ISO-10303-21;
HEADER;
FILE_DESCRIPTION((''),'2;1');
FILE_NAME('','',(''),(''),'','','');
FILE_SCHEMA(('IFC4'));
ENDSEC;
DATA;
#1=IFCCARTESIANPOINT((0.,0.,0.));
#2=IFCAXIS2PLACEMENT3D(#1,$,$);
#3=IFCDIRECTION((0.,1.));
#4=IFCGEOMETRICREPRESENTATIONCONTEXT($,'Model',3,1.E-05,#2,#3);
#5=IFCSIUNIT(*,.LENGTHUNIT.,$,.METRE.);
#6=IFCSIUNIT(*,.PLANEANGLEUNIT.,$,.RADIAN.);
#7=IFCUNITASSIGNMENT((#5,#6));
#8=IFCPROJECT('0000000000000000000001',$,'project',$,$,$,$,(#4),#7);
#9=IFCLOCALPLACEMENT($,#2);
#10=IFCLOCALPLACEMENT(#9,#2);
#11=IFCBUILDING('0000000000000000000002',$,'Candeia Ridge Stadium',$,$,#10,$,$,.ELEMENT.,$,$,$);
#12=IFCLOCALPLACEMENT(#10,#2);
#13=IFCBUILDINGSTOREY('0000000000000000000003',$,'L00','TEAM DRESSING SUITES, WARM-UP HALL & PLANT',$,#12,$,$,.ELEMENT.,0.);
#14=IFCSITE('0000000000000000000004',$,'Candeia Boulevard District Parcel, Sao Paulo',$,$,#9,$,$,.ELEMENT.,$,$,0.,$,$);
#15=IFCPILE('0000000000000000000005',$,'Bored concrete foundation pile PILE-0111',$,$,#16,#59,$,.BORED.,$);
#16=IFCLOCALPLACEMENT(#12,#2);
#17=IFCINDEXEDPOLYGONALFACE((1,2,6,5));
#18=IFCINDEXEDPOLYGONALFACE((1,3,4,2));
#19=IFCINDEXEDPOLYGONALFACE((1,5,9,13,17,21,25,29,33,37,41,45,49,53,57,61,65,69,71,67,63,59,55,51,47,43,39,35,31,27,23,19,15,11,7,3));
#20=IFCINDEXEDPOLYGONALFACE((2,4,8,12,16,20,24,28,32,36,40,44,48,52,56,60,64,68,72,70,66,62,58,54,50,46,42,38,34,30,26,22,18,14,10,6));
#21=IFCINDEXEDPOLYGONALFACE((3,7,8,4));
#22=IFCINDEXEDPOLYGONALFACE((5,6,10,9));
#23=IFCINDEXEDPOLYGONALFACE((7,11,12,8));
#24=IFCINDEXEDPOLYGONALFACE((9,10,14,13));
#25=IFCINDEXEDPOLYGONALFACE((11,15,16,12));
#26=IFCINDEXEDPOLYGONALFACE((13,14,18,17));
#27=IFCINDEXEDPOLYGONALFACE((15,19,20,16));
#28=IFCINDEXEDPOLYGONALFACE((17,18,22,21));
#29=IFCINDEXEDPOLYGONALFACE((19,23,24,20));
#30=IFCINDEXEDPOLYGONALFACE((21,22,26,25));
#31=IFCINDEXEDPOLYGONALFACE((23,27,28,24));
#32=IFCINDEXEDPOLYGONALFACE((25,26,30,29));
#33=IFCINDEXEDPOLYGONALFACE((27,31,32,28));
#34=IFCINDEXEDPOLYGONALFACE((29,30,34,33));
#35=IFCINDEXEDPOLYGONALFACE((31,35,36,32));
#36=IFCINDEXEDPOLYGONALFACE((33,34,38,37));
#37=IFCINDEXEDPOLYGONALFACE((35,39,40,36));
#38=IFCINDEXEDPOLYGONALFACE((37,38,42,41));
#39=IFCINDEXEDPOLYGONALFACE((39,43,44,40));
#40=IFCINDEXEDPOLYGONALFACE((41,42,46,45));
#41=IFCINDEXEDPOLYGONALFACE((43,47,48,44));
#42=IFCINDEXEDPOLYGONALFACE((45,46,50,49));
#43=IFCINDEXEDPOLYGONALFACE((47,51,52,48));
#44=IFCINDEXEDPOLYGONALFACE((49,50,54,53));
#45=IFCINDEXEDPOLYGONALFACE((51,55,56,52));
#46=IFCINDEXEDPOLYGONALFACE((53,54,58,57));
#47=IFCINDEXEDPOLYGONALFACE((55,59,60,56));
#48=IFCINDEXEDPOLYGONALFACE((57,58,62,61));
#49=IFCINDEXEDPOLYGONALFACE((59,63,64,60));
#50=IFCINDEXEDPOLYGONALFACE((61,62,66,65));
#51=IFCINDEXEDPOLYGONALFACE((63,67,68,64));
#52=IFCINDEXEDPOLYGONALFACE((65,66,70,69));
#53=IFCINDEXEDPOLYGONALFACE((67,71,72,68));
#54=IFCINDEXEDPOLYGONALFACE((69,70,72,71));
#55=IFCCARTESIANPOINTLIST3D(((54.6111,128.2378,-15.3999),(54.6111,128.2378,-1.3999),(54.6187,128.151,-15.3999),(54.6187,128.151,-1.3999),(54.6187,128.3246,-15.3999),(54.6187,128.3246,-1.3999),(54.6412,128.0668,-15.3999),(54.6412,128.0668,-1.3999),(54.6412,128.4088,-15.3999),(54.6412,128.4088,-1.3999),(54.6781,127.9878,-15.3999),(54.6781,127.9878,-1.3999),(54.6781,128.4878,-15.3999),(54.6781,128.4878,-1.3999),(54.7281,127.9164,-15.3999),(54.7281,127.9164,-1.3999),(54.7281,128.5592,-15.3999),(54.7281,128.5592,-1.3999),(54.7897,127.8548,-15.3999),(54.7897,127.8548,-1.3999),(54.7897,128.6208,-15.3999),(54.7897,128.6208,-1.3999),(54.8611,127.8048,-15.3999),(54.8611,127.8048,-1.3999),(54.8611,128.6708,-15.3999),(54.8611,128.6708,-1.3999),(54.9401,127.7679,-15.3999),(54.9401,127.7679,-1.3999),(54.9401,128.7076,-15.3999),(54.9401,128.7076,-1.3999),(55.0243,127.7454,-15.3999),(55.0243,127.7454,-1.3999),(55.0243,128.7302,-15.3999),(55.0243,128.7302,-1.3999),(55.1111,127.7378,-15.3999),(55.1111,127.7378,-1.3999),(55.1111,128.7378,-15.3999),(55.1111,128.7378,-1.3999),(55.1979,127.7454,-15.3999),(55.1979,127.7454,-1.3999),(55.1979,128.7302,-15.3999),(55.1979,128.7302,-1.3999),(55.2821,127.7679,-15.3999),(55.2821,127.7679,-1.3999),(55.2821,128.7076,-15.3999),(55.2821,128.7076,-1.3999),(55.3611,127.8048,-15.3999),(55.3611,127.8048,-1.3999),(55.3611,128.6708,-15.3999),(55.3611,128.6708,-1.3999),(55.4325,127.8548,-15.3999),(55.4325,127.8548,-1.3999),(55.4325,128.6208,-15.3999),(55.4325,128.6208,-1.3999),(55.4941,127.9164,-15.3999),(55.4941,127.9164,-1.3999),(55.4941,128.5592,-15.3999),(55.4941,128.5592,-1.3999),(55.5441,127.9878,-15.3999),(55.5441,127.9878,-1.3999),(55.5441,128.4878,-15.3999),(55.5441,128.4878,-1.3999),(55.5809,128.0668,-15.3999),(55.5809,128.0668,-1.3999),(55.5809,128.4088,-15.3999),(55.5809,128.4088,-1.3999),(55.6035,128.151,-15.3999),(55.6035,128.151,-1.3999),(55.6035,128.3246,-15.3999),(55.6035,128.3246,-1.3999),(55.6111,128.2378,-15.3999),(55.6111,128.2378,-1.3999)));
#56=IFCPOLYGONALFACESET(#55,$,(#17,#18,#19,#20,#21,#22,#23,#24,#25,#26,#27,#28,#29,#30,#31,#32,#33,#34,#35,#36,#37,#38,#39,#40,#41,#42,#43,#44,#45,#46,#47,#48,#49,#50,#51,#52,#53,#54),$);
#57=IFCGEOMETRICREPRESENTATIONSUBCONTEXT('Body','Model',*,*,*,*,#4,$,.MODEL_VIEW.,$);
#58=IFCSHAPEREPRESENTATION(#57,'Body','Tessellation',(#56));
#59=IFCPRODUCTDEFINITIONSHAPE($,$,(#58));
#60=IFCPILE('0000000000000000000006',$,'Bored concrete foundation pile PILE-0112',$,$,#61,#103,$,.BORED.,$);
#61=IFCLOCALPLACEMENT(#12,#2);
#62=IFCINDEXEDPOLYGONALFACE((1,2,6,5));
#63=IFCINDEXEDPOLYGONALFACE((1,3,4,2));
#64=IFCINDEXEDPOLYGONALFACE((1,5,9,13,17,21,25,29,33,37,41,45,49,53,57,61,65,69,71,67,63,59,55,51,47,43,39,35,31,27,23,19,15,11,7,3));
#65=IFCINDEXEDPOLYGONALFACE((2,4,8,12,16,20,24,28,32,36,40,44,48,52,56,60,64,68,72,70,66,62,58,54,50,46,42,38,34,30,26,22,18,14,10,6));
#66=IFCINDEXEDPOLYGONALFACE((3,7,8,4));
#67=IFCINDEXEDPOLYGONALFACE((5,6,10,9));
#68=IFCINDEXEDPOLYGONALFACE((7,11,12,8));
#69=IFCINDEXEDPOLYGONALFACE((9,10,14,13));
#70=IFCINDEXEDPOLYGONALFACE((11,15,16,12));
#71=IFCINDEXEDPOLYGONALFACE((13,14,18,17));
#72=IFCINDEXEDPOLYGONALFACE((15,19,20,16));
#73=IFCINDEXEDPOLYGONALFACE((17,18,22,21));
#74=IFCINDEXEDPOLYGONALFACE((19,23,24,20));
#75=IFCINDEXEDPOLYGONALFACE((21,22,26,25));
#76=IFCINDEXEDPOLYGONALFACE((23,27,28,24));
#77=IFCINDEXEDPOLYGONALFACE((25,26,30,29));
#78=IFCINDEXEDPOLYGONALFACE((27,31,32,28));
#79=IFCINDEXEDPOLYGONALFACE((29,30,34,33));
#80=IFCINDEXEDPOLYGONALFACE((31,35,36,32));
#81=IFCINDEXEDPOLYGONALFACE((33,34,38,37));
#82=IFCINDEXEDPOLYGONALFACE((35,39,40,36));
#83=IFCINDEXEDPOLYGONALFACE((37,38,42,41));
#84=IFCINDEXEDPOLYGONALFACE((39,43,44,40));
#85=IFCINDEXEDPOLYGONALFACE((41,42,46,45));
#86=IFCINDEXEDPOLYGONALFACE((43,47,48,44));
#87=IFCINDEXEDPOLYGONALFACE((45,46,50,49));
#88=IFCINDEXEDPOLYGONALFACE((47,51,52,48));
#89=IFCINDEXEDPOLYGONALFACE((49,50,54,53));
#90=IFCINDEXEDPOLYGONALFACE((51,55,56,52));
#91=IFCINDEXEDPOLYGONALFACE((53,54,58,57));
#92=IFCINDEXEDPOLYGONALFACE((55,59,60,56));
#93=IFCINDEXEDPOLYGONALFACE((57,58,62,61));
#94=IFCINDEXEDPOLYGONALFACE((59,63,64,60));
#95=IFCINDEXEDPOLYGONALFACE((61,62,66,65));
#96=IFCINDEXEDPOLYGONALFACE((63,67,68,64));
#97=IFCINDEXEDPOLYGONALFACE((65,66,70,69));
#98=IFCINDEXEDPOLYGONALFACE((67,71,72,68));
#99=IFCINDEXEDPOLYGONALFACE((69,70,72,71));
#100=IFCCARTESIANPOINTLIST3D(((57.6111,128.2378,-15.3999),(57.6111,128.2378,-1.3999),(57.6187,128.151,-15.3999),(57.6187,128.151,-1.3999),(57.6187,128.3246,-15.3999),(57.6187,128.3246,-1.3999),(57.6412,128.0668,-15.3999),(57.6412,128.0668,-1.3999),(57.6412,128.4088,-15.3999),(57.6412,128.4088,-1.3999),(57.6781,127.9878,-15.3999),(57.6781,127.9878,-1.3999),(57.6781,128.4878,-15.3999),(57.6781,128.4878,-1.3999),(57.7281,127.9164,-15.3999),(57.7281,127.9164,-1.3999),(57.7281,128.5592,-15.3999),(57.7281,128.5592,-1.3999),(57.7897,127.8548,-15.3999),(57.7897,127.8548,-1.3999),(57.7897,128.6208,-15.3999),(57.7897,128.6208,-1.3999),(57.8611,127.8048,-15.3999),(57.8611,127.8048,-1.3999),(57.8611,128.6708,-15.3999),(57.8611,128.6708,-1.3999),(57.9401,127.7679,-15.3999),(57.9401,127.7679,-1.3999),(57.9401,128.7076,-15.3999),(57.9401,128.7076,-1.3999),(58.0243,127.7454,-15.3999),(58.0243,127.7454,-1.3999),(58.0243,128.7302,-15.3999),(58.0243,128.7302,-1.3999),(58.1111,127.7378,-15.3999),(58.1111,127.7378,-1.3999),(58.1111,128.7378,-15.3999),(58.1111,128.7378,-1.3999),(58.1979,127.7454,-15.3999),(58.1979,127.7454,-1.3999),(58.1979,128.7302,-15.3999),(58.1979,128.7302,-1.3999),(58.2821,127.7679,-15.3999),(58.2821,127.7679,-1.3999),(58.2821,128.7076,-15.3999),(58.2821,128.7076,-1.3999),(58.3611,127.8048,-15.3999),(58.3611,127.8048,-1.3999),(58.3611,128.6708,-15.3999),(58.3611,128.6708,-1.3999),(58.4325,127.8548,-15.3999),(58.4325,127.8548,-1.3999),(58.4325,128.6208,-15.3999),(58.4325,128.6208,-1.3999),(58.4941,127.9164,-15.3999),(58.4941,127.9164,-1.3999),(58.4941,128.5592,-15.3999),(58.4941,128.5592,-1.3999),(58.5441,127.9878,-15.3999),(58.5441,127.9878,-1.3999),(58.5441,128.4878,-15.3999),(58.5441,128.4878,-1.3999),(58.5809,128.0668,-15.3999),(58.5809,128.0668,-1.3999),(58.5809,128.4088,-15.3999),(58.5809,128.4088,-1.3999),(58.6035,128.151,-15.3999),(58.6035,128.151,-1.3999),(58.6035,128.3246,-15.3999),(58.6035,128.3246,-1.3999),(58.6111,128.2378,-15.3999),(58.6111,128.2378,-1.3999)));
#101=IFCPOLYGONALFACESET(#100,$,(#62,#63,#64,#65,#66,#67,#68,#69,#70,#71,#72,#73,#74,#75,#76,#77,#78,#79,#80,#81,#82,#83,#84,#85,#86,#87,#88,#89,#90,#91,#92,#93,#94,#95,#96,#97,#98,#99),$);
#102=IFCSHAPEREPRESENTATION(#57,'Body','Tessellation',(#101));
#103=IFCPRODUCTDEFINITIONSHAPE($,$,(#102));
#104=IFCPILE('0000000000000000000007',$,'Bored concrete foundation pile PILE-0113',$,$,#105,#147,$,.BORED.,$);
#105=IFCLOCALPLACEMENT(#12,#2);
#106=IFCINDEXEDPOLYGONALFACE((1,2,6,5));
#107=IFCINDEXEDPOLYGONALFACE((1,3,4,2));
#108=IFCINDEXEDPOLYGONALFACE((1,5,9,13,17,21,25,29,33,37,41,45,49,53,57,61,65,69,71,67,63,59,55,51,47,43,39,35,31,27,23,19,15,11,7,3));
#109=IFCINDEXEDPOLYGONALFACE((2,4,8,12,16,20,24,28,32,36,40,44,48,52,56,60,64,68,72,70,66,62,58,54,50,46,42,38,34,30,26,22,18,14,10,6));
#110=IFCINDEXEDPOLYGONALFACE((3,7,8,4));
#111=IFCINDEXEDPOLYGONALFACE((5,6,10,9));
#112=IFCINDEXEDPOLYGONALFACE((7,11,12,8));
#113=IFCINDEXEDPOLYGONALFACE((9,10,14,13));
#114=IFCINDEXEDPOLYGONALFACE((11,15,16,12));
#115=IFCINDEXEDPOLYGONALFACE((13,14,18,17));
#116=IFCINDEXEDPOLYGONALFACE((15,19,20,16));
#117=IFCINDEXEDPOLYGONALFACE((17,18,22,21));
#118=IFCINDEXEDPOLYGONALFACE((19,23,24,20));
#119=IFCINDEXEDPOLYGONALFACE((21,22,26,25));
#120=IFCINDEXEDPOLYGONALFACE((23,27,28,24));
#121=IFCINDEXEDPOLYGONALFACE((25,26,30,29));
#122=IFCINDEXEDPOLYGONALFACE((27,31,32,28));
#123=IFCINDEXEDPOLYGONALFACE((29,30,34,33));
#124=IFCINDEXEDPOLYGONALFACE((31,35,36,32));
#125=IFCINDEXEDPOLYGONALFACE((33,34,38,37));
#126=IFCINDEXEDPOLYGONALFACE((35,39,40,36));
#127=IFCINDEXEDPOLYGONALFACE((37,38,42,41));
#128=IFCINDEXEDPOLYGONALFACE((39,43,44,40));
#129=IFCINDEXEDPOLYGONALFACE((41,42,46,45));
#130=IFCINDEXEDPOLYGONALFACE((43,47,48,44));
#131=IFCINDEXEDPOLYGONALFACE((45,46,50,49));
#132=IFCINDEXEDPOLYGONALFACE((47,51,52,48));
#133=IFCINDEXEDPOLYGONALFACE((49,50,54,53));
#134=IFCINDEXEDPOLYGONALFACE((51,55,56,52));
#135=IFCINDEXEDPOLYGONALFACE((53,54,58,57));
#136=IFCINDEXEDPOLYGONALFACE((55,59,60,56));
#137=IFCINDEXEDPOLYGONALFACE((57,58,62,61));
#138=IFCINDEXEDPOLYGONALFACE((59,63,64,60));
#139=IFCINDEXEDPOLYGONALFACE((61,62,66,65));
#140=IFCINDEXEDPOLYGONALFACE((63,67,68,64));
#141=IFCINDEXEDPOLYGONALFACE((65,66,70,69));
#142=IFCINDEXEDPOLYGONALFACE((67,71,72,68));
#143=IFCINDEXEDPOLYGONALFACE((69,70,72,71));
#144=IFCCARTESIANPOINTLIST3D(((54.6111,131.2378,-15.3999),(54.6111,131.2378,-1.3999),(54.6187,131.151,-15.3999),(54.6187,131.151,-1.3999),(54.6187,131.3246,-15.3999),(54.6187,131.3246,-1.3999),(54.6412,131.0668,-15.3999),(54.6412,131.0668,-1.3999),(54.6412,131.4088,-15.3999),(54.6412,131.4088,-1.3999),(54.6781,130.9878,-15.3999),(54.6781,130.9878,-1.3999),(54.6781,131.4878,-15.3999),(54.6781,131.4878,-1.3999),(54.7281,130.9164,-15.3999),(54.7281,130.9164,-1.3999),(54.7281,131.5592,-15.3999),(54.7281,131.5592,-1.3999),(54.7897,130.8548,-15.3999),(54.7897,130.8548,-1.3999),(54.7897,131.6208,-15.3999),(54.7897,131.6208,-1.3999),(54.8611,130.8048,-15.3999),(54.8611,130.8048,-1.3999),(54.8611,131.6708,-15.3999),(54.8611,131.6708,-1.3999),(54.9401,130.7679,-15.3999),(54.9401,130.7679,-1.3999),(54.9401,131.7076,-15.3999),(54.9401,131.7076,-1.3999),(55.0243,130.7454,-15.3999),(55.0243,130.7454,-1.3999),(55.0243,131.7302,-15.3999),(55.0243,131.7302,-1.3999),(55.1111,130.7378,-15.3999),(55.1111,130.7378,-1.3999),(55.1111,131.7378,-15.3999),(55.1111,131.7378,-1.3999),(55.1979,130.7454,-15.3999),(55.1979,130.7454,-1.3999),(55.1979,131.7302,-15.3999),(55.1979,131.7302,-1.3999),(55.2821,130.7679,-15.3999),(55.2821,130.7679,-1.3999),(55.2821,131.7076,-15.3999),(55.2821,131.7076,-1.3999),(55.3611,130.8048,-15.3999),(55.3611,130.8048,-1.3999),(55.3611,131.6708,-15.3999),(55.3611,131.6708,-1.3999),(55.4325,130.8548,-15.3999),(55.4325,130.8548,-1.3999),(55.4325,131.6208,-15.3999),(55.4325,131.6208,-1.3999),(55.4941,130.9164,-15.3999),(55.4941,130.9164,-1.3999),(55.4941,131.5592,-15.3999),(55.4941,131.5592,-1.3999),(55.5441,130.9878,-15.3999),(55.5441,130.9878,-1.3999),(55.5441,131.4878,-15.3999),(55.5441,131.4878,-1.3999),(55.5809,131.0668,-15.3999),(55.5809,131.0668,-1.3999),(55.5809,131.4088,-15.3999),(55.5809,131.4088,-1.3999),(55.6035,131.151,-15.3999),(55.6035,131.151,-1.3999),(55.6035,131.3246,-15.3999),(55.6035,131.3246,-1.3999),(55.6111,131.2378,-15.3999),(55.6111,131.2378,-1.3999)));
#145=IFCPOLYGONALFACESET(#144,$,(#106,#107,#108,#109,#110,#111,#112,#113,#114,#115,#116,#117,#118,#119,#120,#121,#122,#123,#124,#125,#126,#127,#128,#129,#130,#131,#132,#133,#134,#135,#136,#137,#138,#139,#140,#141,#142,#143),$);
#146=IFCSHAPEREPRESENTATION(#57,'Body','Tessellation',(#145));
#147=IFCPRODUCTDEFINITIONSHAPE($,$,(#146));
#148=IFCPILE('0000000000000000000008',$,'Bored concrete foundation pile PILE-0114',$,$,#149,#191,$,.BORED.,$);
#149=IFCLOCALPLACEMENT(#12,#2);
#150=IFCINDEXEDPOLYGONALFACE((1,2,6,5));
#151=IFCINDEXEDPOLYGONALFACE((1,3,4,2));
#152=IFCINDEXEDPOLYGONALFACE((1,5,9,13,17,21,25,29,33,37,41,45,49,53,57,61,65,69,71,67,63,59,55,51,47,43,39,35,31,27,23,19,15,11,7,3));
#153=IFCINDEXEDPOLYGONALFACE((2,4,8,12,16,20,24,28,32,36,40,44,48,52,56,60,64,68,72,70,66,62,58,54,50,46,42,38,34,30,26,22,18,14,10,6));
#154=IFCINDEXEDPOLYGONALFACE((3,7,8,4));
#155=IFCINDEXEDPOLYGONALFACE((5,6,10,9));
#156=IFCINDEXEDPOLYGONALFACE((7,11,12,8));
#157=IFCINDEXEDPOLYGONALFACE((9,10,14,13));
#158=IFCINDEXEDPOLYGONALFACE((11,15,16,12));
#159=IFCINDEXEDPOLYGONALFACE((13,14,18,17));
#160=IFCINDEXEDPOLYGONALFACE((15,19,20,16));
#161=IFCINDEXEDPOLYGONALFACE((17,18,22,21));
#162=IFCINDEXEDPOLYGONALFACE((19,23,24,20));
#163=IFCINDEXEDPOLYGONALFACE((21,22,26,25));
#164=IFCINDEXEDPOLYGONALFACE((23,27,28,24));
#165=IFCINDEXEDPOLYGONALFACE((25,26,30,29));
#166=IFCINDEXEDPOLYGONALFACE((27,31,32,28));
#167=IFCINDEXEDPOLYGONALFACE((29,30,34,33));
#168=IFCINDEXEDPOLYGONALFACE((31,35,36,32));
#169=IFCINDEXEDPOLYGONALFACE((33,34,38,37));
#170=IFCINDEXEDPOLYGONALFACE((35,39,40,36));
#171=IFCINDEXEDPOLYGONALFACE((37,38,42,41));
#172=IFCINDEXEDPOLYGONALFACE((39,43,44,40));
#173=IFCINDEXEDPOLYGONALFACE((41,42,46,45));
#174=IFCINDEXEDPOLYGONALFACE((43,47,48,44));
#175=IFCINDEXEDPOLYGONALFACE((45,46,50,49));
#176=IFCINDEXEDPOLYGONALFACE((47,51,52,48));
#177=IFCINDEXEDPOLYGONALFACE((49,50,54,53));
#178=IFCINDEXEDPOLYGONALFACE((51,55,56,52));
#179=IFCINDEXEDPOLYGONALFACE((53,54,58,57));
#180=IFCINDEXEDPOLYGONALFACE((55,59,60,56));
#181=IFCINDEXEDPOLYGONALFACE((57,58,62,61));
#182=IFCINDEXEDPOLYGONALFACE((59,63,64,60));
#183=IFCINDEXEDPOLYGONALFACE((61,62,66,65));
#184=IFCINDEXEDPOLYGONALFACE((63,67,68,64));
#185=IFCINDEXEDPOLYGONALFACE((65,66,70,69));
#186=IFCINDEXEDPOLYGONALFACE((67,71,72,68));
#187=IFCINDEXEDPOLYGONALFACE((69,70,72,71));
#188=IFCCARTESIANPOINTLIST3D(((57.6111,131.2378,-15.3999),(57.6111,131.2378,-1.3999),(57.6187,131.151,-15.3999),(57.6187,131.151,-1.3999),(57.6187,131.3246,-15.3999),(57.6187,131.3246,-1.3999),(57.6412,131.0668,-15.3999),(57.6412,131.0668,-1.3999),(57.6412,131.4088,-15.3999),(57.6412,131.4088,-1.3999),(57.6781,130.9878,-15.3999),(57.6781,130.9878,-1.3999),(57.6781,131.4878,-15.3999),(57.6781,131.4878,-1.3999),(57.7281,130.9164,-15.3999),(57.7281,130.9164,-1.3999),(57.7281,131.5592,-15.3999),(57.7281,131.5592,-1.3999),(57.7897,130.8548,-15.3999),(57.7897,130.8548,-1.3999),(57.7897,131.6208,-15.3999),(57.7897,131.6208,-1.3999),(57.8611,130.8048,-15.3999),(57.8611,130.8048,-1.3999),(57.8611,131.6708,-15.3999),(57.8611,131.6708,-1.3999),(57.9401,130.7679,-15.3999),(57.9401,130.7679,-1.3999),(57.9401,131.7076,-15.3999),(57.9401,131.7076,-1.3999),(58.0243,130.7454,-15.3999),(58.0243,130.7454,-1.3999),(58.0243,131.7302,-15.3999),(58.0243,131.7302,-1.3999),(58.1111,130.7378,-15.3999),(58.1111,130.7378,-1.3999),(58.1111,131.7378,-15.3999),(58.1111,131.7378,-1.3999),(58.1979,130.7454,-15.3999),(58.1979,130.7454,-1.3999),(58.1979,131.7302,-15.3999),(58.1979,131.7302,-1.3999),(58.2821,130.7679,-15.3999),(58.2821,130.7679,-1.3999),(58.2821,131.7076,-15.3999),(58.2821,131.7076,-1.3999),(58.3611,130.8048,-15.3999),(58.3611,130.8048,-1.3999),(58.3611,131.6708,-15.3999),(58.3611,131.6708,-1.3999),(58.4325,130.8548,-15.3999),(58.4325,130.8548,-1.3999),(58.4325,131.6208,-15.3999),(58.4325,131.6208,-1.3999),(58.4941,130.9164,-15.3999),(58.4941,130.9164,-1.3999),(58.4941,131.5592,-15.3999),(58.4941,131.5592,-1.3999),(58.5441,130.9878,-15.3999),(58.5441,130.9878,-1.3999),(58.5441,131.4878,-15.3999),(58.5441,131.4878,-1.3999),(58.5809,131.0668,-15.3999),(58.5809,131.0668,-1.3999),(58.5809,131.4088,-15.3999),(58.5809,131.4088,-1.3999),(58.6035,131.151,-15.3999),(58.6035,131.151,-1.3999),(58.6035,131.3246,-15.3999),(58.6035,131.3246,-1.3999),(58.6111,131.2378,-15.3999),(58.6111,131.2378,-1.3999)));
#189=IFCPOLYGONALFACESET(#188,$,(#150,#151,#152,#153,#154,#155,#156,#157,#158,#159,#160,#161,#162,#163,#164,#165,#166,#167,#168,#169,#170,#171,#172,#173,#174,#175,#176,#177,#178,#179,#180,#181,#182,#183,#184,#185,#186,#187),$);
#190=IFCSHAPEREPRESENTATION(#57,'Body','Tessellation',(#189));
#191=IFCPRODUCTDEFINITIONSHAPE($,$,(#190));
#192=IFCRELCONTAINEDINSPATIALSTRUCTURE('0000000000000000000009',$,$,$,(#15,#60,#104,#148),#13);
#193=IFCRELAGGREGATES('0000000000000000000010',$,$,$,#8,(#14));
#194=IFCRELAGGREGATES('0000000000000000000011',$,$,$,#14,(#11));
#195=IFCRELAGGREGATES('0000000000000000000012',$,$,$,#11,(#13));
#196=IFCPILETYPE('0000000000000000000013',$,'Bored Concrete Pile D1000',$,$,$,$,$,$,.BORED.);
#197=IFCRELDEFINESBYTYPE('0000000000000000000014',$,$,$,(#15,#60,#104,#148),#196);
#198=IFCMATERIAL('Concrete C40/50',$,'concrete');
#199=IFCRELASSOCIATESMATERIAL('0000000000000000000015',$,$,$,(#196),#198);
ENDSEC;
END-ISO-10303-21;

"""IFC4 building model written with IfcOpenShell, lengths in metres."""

from ifc_helpers import new_model, si_unit, direction, frame, origin, origin_2d, place, context, subcontext, project, spatial, circle, extrude, material, material_profile, profile_set, type_object, element, save


model = new_model("IFC4")

# Units and contexts
model_context = context("Model", 3, precision=1e-05, world=origin(), true_north=direction((0.0, 1.0)))
body_context = subcontext(model_context, "Body", "Model", "MODEL_VIEW")
ifc_project = project(units=[si_unit("LENGTHUNIT", "METRE"), si_unit("PLANEANGLEUNIT", "RADIAN")], contexts=[model_context])

# Site, building, storey
site_placement = place(None, origin())
site = spatial("IfcSite", under=ifc_project, at=site_placement, Name="Candeia Boulevard District Parcel, Sao Paulo", CompositionType="ELEMENT", RefElevation=0.0)
building_placement = place(site_placement, origin())
building = spatial("IfcBuilding", under=site, at=building_placement, Name="Candeia Ridge Stadium", CompositionType="ELEMENT")
storey_placement = place(building_placement, origin())
storey = spatial("IfcBuildingStorey", under=building, at=storey_placement, Name="L00", Description="TEAM DRESSING SUITES, WARM-UP HALL & PLANT", CompositionType="ELEMENT", Elevation=0.0)

# Piles
ifc_material_1 = material(Name="Concrete C40/50", Category="concrete")
ifc_material_profile_1 = material_profile(ifc_material_1, circle(Radius=0.5, at=origin_2d()), Name="PILE-D1000", Category="concrete")
ifc_profile_set_1 = profile_set([ifc_material_profile_1], Name="Concrete C40/50")
pile_type_1 = type_object("IfcPileType", Name="Bored Concrete Pile D1000", PredefinedType="BORED", material=ifc_profile_set_1)
for number, where, z_axis, x_axis, name in (
    (1, (55.1111, 128.2378, -1.3999), (0.0, 0.0, -1.0), (1.0, 0.0, 0.0), "Bored concrete foundation pile PILE-0111"),
    (2, (58.1111, 128.2378, -1.3999), (0.0, 0.0, -1.0), (1.0, 0.0, 0.0), "Bored concrete foundation pile PILE-0112"),
    (3, (55.1111, 131.2378, -1.3999), (0.0, 0.0, -1.0), (1.0, 0.0, 0.0), "Bored concrete foundation pile PILE-0113"),
    (4, (58.1111, 131.2378, -1.3999), (0.0, 0.0, -1.0), (1.0, 0.0, 0.0), "Bored concrete foundation pile PILE-0114"),
):
    element("IfcPile", number, at=place(storey_placement, frame(where, z_axis=z_axis, x_axis=x_axis)), inside=storey, type_object=pile_type_1, Name=name, PredefinedType="BORED", context=body_context, shape_type="SweptSolid", body=[
        extrude(circle(Radius=0.5, at=origin_2d()), origin(), (0.0, 0.0, 1.0), 14.0),
    ])

save(model, "model.ifc")
